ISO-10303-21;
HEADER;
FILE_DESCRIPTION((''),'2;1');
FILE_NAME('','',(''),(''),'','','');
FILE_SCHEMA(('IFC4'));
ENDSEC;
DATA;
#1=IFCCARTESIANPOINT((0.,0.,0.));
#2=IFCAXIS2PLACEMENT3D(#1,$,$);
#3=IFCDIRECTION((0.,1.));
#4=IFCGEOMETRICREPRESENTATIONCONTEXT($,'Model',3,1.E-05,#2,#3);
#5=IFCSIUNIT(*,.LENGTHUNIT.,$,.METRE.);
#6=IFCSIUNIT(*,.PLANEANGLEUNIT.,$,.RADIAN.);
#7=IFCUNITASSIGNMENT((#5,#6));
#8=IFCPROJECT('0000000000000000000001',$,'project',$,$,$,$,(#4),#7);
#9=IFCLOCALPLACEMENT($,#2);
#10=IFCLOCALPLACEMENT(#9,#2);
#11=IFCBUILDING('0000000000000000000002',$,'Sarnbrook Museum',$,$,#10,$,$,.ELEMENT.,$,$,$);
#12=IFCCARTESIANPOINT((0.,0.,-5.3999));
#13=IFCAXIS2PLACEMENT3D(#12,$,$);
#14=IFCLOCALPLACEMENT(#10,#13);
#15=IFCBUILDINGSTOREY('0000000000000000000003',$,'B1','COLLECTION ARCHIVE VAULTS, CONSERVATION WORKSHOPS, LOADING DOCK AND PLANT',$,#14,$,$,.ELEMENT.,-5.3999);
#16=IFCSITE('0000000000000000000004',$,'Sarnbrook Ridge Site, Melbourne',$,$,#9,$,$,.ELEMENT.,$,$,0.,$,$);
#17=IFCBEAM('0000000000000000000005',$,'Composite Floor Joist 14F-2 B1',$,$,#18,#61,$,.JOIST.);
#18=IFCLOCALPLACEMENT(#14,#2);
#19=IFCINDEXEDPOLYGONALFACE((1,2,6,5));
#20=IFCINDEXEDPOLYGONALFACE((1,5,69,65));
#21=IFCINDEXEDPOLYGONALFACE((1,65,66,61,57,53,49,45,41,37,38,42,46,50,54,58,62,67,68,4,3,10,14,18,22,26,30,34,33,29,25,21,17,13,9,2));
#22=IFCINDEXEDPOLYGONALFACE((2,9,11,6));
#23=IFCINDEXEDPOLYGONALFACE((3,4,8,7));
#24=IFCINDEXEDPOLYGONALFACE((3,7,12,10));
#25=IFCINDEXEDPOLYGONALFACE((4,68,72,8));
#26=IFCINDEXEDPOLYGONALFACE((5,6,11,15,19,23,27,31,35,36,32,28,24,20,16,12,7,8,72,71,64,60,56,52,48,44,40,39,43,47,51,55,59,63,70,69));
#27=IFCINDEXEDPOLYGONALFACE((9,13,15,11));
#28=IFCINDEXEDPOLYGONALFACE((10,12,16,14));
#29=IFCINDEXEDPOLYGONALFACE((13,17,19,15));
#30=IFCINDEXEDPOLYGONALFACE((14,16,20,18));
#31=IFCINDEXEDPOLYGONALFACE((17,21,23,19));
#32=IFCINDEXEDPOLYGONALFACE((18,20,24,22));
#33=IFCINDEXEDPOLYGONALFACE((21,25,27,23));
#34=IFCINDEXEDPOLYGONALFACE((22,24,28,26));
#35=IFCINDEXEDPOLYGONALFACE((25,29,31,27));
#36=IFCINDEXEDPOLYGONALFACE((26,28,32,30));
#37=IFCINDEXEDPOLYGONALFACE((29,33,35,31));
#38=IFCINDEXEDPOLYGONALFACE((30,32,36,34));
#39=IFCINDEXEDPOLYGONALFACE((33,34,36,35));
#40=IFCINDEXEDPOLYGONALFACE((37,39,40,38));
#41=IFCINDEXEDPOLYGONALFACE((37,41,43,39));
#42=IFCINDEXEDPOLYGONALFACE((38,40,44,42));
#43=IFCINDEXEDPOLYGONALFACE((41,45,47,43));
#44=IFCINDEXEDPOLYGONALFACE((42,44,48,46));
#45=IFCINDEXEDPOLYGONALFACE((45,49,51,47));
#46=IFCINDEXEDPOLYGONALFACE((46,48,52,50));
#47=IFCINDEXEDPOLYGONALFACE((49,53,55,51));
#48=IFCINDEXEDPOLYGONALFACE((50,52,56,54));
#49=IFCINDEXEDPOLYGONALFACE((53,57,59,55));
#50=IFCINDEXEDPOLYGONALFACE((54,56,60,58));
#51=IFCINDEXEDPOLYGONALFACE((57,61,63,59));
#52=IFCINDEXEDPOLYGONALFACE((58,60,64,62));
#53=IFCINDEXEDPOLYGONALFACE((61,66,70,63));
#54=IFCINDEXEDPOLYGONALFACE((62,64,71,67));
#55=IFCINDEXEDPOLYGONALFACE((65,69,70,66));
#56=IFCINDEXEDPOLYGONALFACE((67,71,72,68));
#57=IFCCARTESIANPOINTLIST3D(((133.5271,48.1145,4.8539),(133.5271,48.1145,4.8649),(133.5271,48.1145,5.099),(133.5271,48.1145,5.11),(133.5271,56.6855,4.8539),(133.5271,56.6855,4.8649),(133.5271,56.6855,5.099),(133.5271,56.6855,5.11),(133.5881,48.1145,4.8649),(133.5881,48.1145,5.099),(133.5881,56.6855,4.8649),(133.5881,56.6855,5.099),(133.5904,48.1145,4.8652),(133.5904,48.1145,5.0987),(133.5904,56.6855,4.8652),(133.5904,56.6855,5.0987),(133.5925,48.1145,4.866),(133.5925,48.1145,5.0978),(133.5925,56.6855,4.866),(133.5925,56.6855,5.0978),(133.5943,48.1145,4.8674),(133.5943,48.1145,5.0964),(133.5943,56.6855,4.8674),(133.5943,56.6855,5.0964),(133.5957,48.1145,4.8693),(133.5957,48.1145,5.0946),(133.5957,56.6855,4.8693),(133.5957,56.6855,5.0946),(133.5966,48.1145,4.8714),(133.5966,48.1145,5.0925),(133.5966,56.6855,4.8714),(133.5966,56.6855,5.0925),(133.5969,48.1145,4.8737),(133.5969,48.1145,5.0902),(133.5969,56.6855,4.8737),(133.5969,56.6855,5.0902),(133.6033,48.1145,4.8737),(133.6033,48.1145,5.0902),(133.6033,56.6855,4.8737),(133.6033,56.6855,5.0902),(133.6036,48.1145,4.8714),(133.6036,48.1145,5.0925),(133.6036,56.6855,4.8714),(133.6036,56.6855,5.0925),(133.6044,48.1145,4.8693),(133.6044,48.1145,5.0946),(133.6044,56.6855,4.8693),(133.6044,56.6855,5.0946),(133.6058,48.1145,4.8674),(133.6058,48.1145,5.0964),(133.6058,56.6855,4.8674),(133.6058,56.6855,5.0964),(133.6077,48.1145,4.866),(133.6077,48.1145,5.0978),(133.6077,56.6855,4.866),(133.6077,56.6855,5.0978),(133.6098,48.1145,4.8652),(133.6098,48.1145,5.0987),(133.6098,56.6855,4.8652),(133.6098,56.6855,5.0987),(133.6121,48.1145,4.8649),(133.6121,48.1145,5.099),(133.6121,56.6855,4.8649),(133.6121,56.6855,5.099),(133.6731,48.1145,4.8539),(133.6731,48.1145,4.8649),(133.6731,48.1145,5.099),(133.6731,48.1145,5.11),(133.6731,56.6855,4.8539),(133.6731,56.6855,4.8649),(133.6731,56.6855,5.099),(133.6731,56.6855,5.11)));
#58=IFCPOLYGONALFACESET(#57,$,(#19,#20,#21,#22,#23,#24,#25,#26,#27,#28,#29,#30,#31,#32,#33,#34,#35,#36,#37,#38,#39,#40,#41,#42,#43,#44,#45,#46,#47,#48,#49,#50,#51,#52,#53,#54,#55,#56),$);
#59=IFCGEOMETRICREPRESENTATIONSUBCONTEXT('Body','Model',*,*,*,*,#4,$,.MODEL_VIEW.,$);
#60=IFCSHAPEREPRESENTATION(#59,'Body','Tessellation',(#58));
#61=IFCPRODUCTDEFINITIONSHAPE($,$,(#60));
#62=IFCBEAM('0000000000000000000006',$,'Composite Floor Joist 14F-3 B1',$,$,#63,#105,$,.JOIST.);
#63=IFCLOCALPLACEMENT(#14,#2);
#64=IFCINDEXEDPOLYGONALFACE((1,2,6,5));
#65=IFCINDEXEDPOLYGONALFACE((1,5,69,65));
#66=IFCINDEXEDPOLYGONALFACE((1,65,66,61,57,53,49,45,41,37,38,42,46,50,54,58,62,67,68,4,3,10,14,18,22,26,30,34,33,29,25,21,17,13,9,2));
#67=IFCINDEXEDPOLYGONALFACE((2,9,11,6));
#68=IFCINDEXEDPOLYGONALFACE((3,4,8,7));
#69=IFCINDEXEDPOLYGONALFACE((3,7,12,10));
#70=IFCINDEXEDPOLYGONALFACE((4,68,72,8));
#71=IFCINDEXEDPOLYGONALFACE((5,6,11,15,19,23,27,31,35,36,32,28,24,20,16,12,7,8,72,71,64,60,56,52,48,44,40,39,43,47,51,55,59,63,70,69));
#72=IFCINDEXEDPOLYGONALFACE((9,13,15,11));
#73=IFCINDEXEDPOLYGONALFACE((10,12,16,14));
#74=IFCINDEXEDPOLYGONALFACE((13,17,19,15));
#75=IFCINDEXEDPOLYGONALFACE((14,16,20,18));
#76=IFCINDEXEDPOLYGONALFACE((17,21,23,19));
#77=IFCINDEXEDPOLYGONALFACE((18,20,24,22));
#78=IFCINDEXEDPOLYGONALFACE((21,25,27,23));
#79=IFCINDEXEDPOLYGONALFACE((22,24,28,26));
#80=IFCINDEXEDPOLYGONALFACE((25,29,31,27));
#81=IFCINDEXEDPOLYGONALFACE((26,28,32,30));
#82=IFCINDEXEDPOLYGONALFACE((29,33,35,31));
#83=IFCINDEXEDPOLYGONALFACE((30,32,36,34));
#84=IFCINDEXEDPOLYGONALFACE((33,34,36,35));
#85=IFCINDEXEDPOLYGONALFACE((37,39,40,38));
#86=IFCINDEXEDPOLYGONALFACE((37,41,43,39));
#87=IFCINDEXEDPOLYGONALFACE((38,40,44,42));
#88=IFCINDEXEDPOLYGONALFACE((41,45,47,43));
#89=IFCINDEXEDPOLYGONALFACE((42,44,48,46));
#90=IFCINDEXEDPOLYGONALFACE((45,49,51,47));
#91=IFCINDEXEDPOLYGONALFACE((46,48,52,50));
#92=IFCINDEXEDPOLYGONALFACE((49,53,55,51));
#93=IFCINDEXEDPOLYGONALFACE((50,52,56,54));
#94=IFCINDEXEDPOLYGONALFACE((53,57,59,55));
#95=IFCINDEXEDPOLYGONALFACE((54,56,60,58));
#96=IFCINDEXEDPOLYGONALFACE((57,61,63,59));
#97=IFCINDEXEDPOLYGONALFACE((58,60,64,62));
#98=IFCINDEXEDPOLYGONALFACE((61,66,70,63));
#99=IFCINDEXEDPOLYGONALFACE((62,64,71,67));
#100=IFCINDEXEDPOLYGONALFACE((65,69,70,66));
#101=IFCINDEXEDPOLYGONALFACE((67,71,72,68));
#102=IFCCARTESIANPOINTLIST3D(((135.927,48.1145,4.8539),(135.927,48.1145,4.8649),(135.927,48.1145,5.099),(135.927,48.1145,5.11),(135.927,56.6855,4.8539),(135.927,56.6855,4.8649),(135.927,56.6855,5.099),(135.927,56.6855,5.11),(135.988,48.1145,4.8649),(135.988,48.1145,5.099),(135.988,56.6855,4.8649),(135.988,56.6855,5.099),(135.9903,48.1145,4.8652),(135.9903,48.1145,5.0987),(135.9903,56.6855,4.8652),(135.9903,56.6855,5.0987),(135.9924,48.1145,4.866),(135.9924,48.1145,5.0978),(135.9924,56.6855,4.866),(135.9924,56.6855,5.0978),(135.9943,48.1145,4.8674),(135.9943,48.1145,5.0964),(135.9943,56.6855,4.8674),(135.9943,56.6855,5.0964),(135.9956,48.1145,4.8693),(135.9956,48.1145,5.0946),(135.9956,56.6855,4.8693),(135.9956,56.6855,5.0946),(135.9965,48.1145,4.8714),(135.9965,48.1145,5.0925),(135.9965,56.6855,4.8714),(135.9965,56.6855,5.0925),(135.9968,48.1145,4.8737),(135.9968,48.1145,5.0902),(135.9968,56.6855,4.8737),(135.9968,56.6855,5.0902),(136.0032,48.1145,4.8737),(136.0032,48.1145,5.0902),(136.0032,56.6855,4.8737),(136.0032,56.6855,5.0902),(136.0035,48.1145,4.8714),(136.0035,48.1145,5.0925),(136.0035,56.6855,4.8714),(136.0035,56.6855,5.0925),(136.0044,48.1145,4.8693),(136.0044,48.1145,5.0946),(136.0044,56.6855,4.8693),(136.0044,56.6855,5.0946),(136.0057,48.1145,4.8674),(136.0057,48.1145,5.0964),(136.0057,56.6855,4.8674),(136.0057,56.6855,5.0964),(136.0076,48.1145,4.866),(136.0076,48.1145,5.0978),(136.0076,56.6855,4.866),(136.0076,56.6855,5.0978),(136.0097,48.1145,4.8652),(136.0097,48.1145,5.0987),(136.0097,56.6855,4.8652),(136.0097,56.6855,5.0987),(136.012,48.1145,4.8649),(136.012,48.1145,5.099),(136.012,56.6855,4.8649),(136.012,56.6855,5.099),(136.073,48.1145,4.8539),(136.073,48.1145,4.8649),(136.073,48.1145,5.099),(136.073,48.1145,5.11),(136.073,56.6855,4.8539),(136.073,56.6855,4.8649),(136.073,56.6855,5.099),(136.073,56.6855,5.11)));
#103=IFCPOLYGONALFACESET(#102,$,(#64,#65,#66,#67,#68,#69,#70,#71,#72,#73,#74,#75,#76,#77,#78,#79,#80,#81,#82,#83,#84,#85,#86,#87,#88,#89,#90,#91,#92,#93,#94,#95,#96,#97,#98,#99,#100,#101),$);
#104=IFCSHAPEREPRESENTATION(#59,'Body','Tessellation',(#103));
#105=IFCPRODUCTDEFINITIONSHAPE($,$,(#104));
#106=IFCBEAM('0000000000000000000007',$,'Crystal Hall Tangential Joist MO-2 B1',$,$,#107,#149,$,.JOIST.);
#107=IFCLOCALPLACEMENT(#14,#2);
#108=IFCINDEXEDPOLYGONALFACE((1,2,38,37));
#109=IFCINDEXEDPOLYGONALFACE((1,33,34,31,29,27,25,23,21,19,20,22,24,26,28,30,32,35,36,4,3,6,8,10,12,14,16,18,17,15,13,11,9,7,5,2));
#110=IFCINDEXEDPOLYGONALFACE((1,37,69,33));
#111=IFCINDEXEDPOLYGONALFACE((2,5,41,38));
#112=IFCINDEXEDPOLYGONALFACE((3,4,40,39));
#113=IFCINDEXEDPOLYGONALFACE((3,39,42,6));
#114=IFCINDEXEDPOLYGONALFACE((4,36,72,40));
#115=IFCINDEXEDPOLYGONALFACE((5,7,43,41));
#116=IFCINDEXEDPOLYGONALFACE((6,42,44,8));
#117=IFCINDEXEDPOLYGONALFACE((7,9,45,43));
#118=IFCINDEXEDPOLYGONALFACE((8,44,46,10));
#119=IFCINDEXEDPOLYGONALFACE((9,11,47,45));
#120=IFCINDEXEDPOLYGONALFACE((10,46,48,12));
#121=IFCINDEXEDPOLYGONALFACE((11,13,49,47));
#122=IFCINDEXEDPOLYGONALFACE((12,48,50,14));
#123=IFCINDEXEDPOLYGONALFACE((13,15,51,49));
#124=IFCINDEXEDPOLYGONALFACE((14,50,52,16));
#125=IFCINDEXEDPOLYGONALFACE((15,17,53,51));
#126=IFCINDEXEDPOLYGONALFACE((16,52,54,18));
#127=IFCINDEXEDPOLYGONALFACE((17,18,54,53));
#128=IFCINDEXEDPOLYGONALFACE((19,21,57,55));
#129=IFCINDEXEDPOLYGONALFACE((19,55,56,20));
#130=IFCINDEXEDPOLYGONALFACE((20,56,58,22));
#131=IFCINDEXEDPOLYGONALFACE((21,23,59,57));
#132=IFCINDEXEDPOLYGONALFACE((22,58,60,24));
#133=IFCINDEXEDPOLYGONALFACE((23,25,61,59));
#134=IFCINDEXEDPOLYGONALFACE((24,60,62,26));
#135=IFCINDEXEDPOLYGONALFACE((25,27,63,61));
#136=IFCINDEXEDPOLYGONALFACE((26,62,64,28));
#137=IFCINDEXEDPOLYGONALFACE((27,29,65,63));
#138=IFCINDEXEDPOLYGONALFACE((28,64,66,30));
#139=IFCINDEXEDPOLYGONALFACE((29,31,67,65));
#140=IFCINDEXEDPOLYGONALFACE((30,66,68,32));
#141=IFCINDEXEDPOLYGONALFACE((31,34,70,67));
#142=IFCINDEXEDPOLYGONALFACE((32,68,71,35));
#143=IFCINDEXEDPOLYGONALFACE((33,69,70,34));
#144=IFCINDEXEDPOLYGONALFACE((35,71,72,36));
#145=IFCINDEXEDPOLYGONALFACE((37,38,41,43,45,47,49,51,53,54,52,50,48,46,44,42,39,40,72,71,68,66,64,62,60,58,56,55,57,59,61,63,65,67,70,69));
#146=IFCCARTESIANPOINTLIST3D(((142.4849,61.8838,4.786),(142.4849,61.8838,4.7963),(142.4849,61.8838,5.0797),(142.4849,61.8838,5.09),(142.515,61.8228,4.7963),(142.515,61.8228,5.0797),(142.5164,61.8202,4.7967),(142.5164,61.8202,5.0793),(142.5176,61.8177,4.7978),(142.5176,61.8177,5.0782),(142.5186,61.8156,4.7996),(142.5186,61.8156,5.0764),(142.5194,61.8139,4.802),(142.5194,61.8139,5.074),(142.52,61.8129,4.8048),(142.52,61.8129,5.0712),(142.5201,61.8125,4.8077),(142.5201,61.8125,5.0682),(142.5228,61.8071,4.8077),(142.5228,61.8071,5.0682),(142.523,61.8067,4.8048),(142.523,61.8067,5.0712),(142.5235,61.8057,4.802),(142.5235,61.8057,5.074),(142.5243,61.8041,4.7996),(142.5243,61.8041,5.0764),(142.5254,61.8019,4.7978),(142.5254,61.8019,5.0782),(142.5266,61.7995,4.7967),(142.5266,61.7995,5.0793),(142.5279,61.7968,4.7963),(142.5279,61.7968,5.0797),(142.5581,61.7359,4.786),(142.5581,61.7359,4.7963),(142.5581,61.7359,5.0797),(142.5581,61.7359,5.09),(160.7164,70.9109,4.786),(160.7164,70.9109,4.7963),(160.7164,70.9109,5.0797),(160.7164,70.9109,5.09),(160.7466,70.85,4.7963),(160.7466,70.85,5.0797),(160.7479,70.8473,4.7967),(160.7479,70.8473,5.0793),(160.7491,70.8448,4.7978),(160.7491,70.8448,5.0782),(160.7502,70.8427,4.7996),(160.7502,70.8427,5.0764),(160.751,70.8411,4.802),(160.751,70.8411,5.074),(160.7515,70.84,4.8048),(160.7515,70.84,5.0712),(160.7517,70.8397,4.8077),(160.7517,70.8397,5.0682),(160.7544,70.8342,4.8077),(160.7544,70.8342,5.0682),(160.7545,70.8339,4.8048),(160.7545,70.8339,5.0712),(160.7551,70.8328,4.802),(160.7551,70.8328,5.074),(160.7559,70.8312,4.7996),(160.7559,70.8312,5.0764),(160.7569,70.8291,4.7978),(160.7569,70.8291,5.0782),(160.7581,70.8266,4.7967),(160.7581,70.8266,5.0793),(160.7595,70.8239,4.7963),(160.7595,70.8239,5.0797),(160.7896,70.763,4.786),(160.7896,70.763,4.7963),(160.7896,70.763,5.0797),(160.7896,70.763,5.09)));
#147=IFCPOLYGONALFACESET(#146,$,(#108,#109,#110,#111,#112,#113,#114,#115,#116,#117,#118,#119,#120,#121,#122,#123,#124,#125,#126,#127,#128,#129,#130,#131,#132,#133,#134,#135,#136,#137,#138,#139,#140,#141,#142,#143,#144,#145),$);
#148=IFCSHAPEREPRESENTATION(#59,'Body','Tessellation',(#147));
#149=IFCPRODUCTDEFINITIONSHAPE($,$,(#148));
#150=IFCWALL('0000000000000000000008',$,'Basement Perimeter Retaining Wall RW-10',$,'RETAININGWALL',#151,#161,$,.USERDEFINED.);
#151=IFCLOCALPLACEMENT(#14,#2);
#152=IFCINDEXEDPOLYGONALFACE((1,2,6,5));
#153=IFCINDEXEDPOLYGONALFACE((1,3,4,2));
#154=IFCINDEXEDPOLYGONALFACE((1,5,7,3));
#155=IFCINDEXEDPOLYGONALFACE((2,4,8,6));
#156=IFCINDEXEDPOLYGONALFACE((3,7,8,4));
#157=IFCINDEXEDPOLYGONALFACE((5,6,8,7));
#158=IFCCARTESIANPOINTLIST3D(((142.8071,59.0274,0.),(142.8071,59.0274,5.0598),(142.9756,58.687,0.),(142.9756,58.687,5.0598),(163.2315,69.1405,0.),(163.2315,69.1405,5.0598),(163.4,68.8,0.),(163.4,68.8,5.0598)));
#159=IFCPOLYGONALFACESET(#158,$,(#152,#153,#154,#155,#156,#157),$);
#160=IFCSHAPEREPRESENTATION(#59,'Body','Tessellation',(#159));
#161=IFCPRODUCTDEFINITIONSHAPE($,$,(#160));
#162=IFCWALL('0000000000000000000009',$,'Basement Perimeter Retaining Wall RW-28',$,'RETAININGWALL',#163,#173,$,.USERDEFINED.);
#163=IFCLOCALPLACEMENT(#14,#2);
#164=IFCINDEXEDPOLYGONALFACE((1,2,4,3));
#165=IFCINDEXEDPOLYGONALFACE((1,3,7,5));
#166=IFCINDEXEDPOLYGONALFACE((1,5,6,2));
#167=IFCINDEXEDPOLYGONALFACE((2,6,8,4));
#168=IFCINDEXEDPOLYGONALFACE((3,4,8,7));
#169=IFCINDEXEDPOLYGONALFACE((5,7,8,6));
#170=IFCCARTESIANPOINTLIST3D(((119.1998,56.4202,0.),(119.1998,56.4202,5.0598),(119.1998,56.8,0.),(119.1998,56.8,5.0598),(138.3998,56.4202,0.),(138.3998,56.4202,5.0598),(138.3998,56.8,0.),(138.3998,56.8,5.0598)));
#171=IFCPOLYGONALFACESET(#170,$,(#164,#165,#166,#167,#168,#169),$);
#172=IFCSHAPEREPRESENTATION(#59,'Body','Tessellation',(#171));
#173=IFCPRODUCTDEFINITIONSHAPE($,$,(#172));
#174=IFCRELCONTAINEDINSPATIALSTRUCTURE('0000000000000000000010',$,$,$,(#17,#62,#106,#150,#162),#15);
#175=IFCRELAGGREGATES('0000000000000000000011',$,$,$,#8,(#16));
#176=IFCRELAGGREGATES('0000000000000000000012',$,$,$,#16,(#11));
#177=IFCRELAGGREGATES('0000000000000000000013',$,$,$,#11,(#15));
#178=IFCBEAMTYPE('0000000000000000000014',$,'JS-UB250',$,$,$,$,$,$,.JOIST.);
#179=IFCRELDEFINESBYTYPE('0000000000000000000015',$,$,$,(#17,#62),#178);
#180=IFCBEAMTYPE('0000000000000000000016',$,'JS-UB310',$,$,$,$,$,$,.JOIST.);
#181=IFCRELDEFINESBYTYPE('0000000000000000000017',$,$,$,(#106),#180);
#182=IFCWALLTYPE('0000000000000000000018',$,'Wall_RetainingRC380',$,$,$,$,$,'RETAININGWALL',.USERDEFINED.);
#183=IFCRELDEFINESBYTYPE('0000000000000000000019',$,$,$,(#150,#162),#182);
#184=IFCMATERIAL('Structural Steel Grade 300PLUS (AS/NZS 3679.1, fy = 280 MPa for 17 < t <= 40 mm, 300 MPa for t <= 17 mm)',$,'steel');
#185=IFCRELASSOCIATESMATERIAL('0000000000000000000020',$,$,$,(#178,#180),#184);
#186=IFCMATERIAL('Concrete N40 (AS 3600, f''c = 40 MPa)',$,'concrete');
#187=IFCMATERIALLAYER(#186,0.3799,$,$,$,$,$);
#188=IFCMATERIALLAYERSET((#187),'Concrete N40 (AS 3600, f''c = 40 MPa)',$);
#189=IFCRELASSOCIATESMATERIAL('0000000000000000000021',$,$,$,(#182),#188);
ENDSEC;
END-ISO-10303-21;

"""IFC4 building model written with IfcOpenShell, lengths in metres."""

from ifc_helpers import new_model, si_unit, direction, frame, frame_2d, origin, origin_2d, place, context, subcontext, project, spatial, rectangle, i_section, extrude, material, layer, layer_set, material_profile, profile_set, type_object, element, save


model = new_model("IFC4")

# Units and contexts
model_context = context("Model", 3, precision=1e-05, world=origin(), true_north=direction((0.0, 1.0)))
body_context = subcontext(model_context, "Body", "Model", "MODEL_VIEW")
ifc_project = project(units=[si_unit("LENGTHUNIT", "METRE"), si_unit("PLANEANGLEUNIT", "RADIAN")], contexts=[model_context])

# Site, building, storey
site_placement = place(None, origin())
site = spatial("IfcSite", under=ifc_project, at=site_placement, Name="Sarnbrook Ridge Site, Melbourne", CompositionType="ELEMENT", RefElevation=0.0)
building_placement = place(site_placement, origin())
building = spatial("IfcBuilding", under=site, at=building_placement, Name="Sarnbrook Museum", CompositionType="ELEMENT")
storey_placement = place(building_placement, frame((0.0, 0.0, -5.3999)))
storey = spatial("IfcBuildingStorey", under=building, at=storey_placement, Name="B1", Description="COLLECTION ARCHIVE VAULTS, CONSERVATION WORKSHOPS, LOADING DOCK AND PLANT", CompositionType="ELEMENT", Elevation=-5.3999)

# Shared definitions
ifc_material_1 = material(Name="Concrete N40 (AS 3600, f'c = 40 MPa)", Category="concrete")

# Beams
ifc_material_2 = material(Name="Structural Steel Grade 300PLUS (AS/NZS 3679.1, fy = 280 MPa for 17 < t <= 40 mm, 300 MPa for t <= 17 mm)", Category="steel")
ifc_material_profile_1 = material_profile(ifc_material_2, i_section(OverallWidth=0.146, OverallDepth=0.2561, WebThickness=0.0063, FlangeThickness=0.011, FilletRadius=0.0088, at=origin_2d()), Name="250UB37.3")
ifc_profile_set_1 = profile_set([ifc_material_profile_1], Name="Structural Steel Grade 300PLUS (AS/NZS 3679.1, fy = 280 MPa for 17 < t <= 40 mm, 300 MPa for t <= 17 mm)")
beam_type_1 = type_object("IfcBeamType", Name="JS-UB250", PredefinedType="JOIST", material=ifc_profile_set_1)
for number, where, z_axis, x_axis, name in (
    (1, (133.6001, 48.1145, 4.9819), (0.0, 1.0, 0.0), (-1.0, 0.0, 0.0), "Composite Floor Joist 14F-2 B1"),
    (2, (136.0, 48.1145, 4.9819), (0.0, 1.0, 0.0), (-1.0, 0.0, 0.0), "Composite Floor Joist 14F-3 B1"),
):
    element("IfcBeam", number, at=place(storey_placement, frame(where, z_axis=z_axis, x_axis=x_axis)), inside=storey, type_object=beam_type_1, Name=name, PredefinedType="JOIST", context=body_context, shape_type="SweptSolid", body=[
        extrude(i_section(OverallWidth=0.146, OverallDepth=0.2561, WebThickness=0.0063, FlangeThickness=0.011, FilletRadius=0.0088, at=origin_2d()), origin(), (0.0, 0.0, 1.0), 8.571),
    ])
ifc_material_profile_2 = material_profile(ifc_material_2, i_section(OverallWidth=0.165, OverallDepth=0.304, WebThickness=0.0061, FlangeThickness=0.0103, FilletRadius=0.0115, at=origin_2d()), Name="310UB40.4")
ifc_profile_set_2 = profile_set([ifc_material_profile_2], Name="Structural Steel Grade 300PLUS (AS/NZS 3679.1, fy = 280 MPa for 17 < t <= 40 mm, 300 MPa for t <= 17 mm)")
beam_type_2 = type_object("IfcBeamType", Name="JS-UB310", PredefinedType="JOIST", material=ifc_profile_set_2)
beam_1_placement = place(storey_placement, frame((142.5215, 61.8098, 4.938), z_axis=(0.896163, 0.443725, 0.0), x_axis=(-0.443725, 0.896163, 0.0)))
element("IfcBeam", 3, at=beam_1_placement, inside=storey, type_object=beam_type_2, Name="Crystal Hall Tangential Joist MO-2 B1", PredefinedType="JOIST", context=body_context, shape_type="SweptSolid", body=[
    extrude(i_section(OverallWidth=0.165, OverallDepth=0.304, WebThickness=0.0061, FlangeThickness=0.0103, FilletRadius=0.0115, at=origin_2d()), origin(), (0.0, 0.0, 1.0), 20.344),
])

# Walls
ifc_layer = layer(ifc_material_1, 0.3799)
ifc_layer_set = layer_set([ifc_layer], Name="Concrete N40 (AS 3600, f'c = 40 MPa)")
wall_type = type_object("IfcWallType", Name="Wall_RetainingRC380", ElementType="RETAININGWALL", PredefinedType="USERDEFINED", material=ifc_layer_set)
wall_1_placement = place(storey_placement, frame((142.8914, 58.8572, 0.0), z_axis=(0.0, 0.0, 1.0), x_axis=(0.89616, 0.443731, 0.0)))
element("IfcWall", 4, at=wall_1_placement, inside=storey, type_object=wall_type, Name="Basement Perimeter Retaining Wall RW-10", ObjectType="RETAININGWALL", PredefinedType="USERDEFINED", context=body_context, shape_type="SweptSolid", body=[
    extrude(rectangle(XDim=22.791, YDim=0.3799, at=frame_2d((11.3955, 0.0))), origin(), (0.0, 0.0, 1.0), 5.0598),
])
wall_2_placement = place(storey_placement, frame((138.3999, 56.6101, 0.0), z_axis=(0.0, 0.0, 1.0), x_axis=(-1.0, 0.0, 0.0)))
element("IfcWall", 5, at=wall_2_placement, inside=storey, type_object=wall_type, Name="Basement Perimeter Retaining Wall RW-28", ObjectType="RETAININGWALL", PredefinedType="USERDEFINED", context=body_context, shape_type="SweptSolid", body=[
    extrude(rectangle(XDim=19.2, YDim=0.3799, at=frame_2d((9.6001, 0.0))), origin(), (0.0, 0.0, 1.0), 5.0598),
])

save(model, "model.ifc")
